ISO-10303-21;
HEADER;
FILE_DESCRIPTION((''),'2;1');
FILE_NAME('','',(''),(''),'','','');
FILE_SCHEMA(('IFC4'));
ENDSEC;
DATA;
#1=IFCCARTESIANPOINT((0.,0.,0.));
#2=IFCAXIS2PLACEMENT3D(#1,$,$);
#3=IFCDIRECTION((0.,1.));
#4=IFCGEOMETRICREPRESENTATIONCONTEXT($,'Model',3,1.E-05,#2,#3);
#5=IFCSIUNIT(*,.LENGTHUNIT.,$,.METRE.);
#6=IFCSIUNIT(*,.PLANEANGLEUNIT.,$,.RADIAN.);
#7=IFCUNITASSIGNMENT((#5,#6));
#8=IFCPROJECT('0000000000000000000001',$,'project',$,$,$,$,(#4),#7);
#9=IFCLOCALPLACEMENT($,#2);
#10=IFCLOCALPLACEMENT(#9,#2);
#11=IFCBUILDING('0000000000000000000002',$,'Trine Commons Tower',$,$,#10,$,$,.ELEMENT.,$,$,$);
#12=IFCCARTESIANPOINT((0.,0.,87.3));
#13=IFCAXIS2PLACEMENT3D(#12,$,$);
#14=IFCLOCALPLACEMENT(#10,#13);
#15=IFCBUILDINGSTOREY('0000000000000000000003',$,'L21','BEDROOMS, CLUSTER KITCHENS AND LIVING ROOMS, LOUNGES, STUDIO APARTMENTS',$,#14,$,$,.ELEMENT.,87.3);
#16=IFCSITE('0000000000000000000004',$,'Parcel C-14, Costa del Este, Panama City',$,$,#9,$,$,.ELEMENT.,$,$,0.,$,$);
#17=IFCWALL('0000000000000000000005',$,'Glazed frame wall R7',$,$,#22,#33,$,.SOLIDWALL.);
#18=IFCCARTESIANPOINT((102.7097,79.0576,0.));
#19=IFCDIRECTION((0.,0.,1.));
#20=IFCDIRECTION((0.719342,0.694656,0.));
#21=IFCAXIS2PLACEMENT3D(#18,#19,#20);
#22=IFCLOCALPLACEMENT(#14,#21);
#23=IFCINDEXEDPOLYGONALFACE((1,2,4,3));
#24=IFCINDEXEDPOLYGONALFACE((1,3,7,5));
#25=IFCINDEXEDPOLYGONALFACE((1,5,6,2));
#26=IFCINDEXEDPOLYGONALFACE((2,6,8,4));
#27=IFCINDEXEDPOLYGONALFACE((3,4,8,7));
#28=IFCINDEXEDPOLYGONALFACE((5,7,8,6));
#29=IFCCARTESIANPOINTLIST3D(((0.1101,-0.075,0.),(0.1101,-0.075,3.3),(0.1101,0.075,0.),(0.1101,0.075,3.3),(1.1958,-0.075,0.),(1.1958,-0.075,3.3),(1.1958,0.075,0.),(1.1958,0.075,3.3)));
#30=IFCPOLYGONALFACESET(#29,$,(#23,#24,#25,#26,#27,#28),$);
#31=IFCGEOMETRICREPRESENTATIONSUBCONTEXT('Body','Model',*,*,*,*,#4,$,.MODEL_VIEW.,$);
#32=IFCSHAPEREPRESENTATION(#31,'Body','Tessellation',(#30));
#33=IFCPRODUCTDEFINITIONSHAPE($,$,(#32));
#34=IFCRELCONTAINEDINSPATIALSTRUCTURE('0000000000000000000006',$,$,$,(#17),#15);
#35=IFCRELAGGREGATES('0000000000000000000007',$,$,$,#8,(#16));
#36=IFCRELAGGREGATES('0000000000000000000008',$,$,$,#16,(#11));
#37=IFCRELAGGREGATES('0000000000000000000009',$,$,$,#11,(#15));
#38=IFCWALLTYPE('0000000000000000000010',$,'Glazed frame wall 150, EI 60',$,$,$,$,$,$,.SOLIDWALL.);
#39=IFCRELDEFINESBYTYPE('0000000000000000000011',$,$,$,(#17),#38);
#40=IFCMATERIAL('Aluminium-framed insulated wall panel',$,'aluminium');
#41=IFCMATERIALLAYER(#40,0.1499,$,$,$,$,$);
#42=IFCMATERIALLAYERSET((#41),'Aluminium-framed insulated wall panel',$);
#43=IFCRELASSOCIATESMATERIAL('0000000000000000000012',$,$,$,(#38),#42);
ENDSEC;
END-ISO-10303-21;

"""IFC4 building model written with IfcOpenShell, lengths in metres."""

from ifc_helpers import new_model, si_unit, direction, frame, origin, place, context, subcontext, project, spatial, polyline, outline, extrude, material, layer, layer_set, type_object, element, save


model = new_model("IFC4")

# Units and contexts
model_context = context("Model", 3, precision=1e-05, world=origin(), true_north=direction((0.0, 1.0)))
body_context = subcontext(model_context, "Body", "Model", "MODEL_VIEW")
ifc_project = project(units=[si_unit("LENGTHUNIT", "METRE"), si_unit("PLANEANGLEUNIT", "RADIAN")], contexts=[model_context])

# Site, building, storey
site_placement = place(None, origin())
site = spatial("IfcSite", under=ifc_project, at=site_placement, Name="Parcel C-14, Costa del Este, Panama City", CompositionType="ELEMENT", RefElevation=0.0)
building_placement = place(site_placement, origin())
building = spatial("IfcBuilding", under=site, at=building_placement, Name="Trine Commons Tower", CompositionType="ELEMENT")
storey_placement = place(building_placement, frame((0.0, 0.0, 87.3)))
storey = spatial("IfcBuildingStorey", under=building, at=storey_placement, Name="L21", Description="BEDROOMS, CLUSTER KITCHENS AND LIVING ROOMS, LOUNGES, STUDIO APARTMENTS", CompositionType="ELEMENT", Elevation=87.3)

# Shared definitions
ifc_material_1 = material(Name="Aluminium-framed insulated wall panel", Category="aluminium")
ifc_layer_1 = layer(ifc_material_1, 0.1499)
ifc_layer_set_1 = layer_set([ifc_layer_1], Name="Aluminium-framed insulated wall panel")
wall_type_1 = type_object("IfcWallType", Name="Glazed frame wall 150, EI 60", PredefinedType="SOLIDWALL", material=ifc_layer_set_1)

# Wall
wall_1_placement = place(storey_placement, frame((102.7097, 79.0576, 0.0), z_axis=(0.0, 0.0, 1.0), x_axis=(0.719342, 0.694656, 0.0)))
element("IfcWall", 1, at=wall_1_placement, inside=storey, type_object=wall_type_1, Name="Glazed frame wall R7", PredefinedType="SOLIDWALL", context=body_context, shape_type="SweptSolid", body=[
    extrude(outline(polyline([(0.1101, 0.075), (0.1101, -0.075), (1.1958, -0.075), (1.1958, 0.075), (0.1101, 0.075)])), origin(), (0.0, 0.0, 1.0), 3.3),
])

save(model, "model.ifc")
